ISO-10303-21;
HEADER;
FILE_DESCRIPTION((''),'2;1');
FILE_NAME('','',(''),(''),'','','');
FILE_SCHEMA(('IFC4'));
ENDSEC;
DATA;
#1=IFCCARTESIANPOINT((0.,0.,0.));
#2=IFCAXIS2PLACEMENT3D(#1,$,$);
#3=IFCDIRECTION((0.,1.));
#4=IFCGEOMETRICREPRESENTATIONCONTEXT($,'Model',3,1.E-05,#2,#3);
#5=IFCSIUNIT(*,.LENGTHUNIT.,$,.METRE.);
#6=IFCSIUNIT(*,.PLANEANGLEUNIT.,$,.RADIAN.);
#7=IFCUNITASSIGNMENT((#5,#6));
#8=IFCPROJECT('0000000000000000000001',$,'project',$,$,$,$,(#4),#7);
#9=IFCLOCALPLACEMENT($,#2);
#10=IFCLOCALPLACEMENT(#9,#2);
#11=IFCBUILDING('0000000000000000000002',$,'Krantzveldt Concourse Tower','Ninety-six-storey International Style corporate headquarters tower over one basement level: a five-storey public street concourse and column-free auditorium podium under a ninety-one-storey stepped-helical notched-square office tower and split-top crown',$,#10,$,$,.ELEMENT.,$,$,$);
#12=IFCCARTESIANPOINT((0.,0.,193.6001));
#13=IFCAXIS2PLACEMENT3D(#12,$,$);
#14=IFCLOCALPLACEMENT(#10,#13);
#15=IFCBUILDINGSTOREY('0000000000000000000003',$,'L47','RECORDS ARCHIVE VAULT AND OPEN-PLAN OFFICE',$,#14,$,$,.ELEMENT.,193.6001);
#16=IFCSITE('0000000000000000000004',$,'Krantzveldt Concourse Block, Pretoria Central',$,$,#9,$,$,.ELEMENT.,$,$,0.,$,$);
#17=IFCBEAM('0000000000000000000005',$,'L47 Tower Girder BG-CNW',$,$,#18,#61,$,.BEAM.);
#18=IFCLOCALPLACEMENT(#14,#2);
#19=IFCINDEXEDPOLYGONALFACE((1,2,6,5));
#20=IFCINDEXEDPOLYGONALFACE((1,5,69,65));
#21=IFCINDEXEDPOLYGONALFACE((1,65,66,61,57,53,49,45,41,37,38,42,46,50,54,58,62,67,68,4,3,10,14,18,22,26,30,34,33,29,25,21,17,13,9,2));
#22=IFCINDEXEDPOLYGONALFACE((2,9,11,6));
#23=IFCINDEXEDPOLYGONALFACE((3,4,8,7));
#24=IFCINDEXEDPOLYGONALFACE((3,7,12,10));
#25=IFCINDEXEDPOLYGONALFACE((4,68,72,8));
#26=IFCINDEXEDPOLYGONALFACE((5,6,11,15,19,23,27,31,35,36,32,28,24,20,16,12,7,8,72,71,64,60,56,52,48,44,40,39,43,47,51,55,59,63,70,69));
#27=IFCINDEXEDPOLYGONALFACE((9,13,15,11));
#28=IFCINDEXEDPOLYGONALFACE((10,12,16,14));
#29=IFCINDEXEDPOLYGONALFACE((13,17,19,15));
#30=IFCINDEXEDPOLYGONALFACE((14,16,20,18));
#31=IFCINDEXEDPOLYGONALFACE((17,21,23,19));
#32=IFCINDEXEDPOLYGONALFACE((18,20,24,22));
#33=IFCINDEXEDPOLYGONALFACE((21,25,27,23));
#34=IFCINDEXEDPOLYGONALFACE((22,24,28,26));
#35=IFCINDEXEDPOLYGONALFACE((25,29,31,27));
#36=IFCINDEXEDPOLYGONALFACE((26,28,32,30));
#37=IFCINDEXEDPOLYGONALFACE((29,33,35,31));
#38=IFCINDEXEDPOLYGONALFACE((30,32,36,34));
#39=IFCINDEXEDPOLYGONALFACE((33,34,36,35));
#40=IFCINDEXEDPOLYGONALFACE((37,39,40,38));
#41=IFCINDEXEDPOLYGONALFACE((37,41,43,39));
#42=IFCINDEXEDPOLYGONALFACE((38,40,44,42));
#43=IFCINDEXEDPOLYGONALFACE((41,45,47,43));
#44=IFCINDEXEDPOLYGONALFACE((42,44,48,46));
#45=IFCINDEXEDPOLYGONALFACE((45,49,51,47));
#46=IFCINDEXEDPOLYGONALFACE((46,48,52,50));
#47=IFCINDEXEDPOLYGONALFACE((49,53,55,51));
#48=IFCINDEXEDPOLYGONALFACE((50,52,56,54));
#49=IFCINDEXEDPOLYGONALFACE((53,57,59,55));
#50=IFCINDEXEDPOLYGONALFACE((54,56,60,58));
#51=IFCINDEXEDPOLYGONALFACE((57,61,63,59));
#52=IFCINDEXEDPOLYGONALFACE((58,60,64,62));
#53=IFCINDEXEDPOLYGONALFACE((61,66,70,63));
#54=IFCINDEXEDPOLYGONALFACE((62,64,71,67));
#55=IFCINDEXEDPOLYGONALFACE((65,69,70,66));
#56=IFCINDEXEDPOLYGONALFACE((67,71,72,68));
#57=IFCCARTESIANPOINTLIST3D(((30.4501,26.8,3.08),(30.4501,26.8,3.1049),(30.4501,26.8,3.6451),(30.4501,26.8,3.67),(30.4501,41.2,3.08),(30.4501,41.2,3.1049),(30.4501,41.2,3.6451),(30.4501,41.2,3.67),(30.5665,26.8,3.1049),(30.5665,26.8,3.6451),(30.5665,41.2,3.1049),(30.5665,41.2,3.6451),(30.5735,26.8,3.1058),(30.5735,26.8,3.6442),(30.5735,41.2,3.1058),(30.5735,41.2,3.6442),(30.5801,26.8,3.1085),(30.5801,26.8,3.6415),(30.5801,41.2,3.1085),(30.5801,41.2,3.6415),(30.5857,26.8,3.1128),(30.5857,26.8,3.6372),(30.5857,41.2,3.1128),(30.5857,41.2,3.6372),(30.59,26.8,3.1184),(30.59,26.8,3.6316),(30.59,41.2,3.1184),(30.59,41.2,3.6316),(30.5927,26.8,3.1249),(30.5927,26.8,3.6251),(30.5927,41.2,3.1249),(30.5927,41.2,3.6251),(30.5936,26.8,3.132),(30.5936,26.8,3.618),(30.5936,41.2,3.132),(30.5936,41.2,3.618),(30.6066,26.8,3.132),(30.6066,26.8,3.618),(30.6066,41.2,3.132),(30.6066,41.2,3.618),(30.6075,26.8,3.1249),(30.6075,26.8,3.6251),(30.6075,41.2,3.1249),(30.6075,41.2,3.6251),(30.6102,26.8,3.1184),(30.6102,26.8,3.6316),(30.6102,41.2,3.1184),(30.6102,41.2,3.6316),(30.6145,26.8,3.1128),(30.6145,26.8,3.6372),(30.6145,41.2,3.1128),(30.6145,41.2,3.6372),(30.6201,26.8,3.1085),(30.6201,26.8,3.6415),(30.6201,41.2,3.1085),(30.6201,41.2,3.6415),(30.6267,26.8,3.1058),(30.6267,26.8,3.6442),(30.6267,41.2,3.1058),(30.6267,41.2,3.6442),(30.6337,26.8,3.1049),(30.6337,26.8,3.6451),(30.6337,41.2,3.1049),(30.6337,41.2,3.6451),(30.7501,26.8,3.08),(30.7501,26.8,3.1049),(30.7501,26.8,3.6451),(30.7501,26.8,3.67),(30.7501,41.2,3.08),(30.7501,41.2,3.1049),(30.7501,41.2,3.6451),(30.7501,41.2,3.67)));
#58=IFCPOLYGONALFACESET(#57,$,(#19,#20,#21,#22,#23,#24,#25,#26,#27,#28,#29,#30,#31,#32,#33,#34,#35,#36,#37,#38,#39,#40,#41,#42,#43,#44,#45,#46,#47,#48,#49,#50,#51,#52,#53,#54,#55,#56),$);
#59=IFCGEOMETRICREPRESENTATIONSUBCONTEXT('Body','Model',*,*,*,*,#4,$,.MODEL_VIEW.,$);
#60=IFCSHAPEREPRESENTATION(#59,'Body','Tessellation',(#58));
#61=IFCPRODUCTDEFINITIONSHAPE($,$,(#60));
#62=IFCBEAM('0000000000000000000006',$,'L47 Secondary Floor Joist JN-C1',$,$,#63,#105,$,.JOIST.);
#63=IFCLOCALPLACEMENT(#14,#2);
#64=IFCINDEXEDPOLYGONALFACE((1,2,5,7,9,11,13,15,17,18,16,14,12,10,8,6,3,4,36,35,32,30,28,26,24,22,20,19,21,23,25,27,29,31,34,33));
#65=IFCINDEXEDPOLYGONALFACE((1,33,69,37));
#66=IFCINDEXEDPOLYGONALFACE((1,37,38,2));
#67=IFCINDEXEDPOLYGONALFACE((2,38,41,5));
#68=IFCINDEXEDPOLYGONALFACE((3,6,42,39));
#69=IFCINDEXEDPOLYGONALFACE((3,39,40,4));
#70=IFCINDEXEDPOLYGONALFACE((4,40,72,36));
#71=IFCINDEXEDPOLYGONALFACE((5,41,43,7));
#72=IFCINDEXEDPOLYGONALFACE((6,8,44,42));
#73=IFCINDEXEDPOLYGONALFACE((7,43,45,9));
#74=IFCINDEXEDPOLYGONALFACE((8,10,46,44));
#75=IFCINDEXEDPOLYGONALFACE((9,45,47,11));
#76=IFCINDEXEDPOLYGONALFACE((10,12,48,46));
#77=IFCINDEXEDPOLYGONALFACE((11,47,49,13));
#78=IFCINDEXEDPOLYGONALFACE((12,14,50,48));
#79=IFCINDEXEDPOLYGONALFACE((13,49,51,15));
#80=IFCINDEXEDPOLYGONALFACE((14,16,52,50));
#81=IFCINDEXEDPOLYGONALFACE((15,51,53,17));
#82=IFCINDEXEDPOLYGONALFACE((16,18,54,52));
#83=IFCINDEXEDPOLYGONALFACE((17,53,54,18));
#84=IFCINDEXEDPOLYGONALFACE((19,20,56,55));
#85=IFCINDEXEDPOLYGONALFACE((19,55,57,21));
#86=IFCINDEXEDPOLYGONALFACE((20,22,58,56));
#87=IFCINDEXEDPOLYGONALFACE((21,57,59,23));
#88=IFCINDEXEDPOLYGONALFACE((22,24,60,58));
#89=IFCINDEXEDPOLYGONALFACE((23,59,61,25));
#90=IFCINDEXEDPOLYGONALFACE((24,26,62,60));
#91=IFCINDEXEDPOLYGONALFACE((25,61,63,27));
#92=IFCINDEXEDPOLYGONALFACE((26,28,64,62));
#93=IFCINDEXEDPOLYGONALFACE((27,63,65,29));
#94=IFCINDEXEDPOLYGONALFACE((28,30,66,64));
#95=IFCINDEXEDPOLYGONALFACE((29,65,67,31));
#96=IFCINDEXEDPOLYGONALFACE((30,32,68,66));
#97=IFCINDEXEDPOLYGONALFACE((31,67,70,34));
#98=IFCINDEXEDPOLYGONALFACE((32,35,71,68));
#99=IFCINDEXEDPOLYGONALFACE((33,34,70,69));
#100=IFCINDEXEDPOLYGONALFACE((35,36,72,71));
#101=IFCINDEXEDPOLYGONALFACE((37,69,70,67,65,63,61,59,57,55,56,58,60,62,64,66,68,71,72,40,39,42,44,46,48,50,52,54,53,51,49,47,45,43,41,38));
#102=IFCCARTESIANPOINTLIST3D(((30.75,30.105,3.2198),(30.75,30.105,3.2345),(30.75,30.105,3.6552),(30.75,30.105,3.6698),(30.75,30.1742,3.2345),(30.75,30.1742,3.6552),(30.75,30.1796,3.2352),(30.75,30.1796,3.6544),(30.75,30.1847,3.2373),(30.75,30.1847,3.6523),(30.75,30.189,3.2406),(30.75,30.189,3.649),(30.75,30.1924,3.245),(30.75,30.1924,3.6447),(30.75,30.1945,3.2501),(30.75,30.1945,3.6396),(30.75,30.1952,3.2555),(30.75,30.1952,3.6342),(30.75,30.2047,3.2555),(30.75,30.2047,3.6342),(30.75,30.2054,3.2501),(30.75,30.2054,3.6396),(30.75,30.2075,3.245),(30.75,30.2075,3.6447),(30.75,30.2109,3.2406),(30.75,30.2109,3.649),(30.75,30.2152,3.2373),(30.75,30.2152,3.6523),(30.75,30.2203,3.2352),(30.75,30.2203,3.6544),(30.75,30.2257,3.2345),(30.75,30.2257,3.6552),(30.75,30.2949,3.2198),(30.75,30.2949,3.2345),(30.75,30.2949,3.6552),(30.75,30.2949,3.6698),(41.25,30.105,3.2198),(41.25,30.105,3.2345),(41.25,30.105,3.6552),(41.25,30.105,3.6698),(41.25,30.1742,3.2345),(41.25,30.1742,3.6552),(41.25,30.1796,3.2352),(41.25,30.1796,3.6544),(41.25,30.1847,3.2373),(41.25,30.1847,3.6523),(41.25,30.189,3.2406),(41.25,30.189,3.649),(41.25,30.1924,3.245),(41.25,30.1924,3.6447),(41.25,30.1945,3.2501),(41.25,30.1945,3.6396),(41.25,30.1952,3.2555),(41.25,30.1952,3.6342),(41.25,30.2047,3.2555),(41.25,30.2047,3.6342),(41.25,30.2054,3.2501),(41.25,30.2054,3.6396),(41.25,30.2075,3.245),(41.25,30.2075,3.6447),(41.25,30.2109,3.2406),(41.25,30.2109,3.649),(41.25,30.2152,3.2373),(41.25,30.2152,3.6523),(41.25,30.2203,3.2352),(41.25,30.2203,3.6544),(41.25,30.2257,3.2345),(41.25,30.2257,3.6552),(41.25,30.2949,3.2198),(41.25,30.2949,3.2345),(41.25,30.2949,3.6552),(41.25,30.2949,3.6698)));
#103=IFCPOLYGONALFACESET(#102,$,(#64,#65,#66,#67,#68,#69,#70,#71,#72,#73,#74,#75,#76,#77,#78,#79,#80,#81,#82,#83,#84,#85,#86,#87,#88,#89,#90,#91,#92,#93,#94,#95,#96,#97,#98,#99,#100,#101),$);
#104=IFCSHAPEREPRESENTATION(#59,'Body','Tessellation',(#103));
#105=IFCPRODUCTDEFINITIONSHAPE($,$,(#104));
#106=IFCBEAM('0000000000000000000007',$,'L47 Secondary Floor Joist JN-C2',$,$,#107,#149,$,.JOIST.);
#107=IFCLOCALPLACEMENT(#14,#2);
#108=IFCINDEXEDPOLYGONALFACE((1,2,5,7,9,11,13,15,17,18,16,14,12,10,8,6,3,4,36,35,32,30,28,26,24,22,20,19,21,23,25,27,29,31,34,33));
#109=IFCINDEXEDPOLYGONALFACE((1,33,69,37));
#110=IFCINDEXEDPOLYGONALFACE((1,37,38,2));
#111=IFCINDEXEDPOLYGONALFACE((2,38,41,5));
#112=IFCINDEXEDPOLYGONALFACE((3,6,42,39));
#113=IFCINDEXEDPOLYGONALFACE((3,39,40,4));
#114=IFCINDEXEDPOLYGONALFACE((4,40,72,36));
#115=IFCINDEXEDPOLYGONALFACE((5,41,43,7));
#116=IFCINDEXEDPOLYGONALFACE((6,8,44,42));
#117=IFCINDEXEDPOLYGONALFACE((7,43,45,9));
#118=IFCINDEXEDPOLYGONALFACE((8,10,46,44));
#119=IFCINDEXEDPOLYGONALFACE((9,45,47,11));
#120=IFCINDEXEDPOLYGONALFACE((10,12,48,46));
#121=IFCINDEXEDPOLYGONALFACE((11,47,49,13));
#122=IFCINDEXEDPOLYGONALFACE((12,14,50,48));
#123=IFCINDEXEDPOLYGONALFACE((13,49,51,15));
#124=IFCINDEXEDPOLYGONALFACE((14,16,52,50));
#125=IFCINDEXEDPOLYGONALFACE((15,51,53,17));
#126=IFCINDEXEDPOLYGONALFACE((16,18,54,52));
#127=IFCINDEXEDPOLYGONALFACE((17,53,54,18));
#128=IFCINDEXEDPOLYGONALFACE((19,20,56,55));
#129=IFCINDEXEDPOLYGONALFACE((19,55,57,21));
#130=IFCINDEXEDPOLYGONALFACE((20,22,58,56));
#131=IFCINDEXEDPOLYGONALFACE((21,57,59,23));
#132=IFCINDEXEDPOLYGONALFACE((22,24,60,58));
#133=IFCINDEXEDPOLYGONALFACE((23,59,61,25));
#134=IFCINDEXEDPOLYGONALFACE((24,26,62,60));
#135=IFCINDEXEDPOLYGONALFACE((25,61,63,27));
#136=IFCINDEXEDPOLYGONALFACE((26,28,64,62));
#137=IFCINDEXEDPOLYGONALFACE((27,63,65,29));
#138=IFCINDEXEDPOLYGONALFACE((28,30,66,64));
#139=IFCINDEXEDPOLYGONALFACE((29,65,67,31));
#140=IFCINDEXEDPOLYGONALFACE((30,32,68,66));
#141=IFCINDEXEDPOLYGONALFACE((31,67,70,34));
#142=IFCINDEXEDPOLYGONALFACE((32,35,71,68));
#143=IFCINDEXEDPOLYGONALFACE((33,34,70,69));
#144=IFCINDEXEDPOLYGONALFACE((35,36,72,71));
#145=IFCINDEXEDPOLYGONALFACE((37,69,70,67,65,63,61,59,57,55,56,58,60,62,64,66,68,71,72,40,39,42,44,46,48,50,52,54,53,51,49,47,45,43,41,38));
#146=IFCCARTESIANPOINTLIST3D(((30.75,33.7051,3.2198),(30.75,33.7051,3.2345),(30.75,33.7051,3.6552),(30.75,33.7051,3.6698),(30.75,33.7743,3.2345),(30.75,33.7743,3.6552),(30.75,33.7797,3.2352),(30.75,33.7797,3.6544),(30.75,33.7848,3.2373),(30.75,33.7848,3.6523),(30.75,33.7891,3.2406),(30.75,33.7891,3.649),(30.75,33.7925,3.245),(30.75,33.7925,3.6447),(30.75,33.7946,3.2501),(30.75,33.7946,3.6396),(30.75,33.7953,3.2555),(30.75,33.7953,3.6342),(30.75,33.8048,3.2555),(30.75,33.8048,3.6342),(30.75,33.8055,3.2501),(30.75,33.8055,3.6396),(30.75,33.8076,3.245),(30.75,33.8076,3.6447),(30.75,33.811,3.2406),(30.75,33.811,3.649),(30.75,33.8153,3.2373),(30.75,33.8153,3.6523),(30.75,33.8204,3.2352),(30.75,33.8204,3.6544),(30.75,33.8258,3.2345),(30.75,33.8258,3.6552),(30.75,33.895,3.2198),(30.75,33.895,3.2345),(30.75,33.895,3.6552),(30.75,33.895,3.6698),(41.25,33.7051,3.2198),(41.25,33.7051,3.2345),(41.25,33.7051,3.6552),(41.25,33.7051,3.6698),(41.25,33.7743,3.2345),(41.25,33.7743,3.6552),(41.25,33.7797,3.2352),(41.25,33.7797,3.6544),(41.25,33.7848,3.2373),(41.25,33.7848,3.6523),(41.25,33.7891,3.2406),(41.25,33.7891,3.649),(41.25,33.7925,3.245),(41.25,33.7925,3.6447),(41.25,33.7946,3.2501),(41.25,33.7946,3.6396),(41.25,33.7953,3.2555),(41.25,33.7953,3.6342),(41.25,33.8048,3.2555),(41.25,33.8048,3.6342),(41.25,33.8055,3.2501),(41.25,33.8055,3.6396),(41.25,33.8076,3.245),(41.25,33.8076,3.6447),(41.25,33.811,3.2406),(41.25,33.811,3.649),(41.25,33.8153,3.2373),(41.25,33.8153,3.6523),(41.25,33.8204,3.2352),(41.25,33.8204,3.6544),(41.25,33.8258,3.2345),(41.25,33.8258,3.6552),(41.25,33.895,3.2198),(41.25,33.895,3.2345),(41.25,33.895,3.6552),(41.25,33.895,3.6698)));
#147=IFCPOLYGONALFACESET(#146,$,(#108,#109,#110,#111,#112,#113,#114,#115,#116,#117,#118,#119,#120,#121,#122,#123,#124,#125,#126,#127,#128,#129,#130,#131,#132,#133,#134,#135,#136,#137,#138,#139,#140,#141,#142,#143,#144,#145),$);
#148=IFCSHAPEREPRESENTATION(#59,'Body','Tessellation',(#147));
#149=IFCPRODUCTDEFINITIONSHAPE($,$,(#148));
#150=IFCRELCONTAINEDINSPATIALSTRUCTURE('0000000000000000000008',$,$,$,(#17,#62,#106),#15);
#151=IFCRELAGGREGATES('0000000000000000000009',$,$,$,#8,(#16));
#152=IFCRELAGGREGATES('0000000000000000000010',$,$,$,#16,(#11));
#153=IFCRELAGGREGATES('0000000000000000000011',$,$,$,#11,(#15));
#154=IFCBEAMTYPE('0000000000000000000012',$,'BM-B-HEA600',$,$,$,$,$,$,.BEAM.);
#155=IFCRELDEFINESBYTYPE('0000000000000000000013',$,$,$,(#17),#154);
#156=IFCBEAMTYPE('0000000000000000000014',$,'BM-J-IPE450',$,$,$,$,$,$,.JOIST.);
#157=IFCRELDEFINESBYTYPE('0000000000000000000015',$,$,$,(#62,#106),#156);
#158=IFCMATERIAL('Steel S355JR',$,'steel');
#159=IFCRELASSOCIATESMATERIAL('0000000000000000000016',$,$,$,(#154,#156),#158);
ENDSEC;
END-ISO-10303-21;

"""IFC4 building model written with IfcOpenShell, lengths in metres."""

from ifc_helpers import new_model, si_unit, direction, frame, origin, origin_2d, place, context, subcontext, project, spatial, i_section, extrude, source, transform, mapped, material, material_profile, profile_set, type_object, type_shapes, element, save


model = new_model("IFC4")

# Units and contexts
model_context = context("Model", 3, precision=1e-05, world=origin(), true_north=direction((0.0, 1.0)))
body_context = subcontext(model_context, "Body", "Model", "MODEL_VIEW")
ifc_project = project(units=[si_unit("LENGTHUNIT", "METRE"), si_unit("PLANEANGLEUNIT", "RADIAN")], contexts=[model_context])

# Site, building, storey
site_placement = place(None, origin())
site = spatial("IfcSite", under=ifc_project, at=site_placement, Name="Krantzveldt Concourse Block, Pretoria Central", CompositionType="ELEMENT", RefElevation=0.0)
building_placement = place(site_placement, origin())
building = spatial("IfcBuilding", under=site, at=building_placement, Name="Krantzveldt Concourse Tower", Description="Ninety-six-storey International Style corporate headquarters tower over one basement level: a five-storey public street concourse and column-free auditorium podium under a ninety-one-storey stepped-helical notched-square office tower and split-top crown", CompositionType="ELEMENT")
storey_placement = place(building_placement, frame((0.0, 0.0, 193.6001)))
storey = spatial("IfcBuildingStorey", under=building, at=storey_placement, Name="L47", Description="RECORDS ARCHIVE VAULT AND OPEN-PLAN OFFICE", CompositionType="ELEMENT", Elevation=193.6001)

# Beams
ifc_material_1 = material(Name="Steel S355JR", Category="steel")
ifc_material_profile_1 = material_profile(ifc_material_1, i_section(OverallWidth=0.3, OverallDepth=0.5901, WebThickness=0.0129, FlangeThickness=0.0249, FilletRadius=0.0271, at=origin_2d()), Name="Steel S355JR", Category="steel")
ifc_profile_set_1 = profile_set([ifc_material_profile_1], Name="Steel S355JR - HEA 600")
beam_type_1 = type_object("IfcBeamType", Name="BM-B-HEA600", PredefinedType="BEAM", material=ifc_profile_set_1)
shared_shape_1 = source(origin(), body_context, "Body", "SweptSolid", [
    extrude(i_section(OverallWidth=0.3, OverallDepth=0.5901, WebThickness=0.0129, FlangeThickness=0.0249, FilletRadius=0.0271, at=origin_2d()), origin(), (0.0, 0.0, 1.0), 14.3999),
])
type_shapes(beam_type_1, [shared_shape_1])
beam_1_placement = place(storey_placement, frame((30.6001, 26.8, 3.375), z_axis=(0.0, 1.0, 0.0), x_axis=(-1.0, 0.0, 0.0)))
element("IfcBeam", 1, at=beam_1_placement, inside=storey, type_object=beam_type_1, Name="L47 Tower Girder BG-CNW", PredefinedType="BEAM", context=body_context, shape_type="MappedRepresentation", body=[
    mapped(shared_shape_1, transform((0.0, 0.0, 0.0), x_axis=(1.0, 0.0, 0.0), y_axis=(0.0, 1.0, 0.0), z_axis=(0.0, 0.0, 1.0), scale=1.0)),
])
ifc_material_profile_2 = material_profile(ifc_material_1, i_section(OverallWidth=0.1899, OverallDepth=0.45, WebThickness=0.0095, FlangeThickness=0.0146, FilletRadius=0.021, at=origin_2d()), Name="Steel S355JR", Category="steel")
ifc_profile_set_2 = profile_set([ifc_material_profile_2], Name="Steel S355JR - IPE 450")
beam_type_2 = type_object("IfcBeamType", Name="BM-J-IPE450", PredefinedType="JOIST", material=ifc_profile_set_2)
shared_shape_2 = source(origin(), body_context, "Body", "SweptSolid", [
    extrude(i_section(OverallWidth=0.1899, OverallDepth=0.45, WebThickness=0.0095, FlangeThickness=0.0146, FilletRadius=0.021, at=origin_2d()), origin(), (0.0, 0.0, 1.0), 10.5),
])
for number, where, z_axis, x_axis, name in (
    (2, (30.75, 30.2, 3.4448), (1.0, 0.0, 0.0), (0.0, 1.0, 0.0), "L47 Secondary Floor Joist JN-C1"),
    (3, (30.75, 33.8, 3.4448), (1.0, 0.0, 0.0), (0.0, 1.0, 0.0), "L47 Secondary Floor Joist JN-C2"),
):
    element("IfcBeam", number, at=place(storey_placement, frame(where, z_axis=z_axis, x_axis=x_axis)), inside=storey, type_object=beam_type_2, Name=name, PredefinedType="JOIST", context=body_context, shape_type="MappedRepresentation", body=[
        mapped(shared_shape_2, transform((0.0, 0.0, 0.0), x_axis=(1.0, 0.0, 0.0), y_axis=(0.0, 1.0, 0.0), z_axis=(0.0, 0.0, 1.0), scale=1.0)),
    ])

save(model, "model.ifc")
